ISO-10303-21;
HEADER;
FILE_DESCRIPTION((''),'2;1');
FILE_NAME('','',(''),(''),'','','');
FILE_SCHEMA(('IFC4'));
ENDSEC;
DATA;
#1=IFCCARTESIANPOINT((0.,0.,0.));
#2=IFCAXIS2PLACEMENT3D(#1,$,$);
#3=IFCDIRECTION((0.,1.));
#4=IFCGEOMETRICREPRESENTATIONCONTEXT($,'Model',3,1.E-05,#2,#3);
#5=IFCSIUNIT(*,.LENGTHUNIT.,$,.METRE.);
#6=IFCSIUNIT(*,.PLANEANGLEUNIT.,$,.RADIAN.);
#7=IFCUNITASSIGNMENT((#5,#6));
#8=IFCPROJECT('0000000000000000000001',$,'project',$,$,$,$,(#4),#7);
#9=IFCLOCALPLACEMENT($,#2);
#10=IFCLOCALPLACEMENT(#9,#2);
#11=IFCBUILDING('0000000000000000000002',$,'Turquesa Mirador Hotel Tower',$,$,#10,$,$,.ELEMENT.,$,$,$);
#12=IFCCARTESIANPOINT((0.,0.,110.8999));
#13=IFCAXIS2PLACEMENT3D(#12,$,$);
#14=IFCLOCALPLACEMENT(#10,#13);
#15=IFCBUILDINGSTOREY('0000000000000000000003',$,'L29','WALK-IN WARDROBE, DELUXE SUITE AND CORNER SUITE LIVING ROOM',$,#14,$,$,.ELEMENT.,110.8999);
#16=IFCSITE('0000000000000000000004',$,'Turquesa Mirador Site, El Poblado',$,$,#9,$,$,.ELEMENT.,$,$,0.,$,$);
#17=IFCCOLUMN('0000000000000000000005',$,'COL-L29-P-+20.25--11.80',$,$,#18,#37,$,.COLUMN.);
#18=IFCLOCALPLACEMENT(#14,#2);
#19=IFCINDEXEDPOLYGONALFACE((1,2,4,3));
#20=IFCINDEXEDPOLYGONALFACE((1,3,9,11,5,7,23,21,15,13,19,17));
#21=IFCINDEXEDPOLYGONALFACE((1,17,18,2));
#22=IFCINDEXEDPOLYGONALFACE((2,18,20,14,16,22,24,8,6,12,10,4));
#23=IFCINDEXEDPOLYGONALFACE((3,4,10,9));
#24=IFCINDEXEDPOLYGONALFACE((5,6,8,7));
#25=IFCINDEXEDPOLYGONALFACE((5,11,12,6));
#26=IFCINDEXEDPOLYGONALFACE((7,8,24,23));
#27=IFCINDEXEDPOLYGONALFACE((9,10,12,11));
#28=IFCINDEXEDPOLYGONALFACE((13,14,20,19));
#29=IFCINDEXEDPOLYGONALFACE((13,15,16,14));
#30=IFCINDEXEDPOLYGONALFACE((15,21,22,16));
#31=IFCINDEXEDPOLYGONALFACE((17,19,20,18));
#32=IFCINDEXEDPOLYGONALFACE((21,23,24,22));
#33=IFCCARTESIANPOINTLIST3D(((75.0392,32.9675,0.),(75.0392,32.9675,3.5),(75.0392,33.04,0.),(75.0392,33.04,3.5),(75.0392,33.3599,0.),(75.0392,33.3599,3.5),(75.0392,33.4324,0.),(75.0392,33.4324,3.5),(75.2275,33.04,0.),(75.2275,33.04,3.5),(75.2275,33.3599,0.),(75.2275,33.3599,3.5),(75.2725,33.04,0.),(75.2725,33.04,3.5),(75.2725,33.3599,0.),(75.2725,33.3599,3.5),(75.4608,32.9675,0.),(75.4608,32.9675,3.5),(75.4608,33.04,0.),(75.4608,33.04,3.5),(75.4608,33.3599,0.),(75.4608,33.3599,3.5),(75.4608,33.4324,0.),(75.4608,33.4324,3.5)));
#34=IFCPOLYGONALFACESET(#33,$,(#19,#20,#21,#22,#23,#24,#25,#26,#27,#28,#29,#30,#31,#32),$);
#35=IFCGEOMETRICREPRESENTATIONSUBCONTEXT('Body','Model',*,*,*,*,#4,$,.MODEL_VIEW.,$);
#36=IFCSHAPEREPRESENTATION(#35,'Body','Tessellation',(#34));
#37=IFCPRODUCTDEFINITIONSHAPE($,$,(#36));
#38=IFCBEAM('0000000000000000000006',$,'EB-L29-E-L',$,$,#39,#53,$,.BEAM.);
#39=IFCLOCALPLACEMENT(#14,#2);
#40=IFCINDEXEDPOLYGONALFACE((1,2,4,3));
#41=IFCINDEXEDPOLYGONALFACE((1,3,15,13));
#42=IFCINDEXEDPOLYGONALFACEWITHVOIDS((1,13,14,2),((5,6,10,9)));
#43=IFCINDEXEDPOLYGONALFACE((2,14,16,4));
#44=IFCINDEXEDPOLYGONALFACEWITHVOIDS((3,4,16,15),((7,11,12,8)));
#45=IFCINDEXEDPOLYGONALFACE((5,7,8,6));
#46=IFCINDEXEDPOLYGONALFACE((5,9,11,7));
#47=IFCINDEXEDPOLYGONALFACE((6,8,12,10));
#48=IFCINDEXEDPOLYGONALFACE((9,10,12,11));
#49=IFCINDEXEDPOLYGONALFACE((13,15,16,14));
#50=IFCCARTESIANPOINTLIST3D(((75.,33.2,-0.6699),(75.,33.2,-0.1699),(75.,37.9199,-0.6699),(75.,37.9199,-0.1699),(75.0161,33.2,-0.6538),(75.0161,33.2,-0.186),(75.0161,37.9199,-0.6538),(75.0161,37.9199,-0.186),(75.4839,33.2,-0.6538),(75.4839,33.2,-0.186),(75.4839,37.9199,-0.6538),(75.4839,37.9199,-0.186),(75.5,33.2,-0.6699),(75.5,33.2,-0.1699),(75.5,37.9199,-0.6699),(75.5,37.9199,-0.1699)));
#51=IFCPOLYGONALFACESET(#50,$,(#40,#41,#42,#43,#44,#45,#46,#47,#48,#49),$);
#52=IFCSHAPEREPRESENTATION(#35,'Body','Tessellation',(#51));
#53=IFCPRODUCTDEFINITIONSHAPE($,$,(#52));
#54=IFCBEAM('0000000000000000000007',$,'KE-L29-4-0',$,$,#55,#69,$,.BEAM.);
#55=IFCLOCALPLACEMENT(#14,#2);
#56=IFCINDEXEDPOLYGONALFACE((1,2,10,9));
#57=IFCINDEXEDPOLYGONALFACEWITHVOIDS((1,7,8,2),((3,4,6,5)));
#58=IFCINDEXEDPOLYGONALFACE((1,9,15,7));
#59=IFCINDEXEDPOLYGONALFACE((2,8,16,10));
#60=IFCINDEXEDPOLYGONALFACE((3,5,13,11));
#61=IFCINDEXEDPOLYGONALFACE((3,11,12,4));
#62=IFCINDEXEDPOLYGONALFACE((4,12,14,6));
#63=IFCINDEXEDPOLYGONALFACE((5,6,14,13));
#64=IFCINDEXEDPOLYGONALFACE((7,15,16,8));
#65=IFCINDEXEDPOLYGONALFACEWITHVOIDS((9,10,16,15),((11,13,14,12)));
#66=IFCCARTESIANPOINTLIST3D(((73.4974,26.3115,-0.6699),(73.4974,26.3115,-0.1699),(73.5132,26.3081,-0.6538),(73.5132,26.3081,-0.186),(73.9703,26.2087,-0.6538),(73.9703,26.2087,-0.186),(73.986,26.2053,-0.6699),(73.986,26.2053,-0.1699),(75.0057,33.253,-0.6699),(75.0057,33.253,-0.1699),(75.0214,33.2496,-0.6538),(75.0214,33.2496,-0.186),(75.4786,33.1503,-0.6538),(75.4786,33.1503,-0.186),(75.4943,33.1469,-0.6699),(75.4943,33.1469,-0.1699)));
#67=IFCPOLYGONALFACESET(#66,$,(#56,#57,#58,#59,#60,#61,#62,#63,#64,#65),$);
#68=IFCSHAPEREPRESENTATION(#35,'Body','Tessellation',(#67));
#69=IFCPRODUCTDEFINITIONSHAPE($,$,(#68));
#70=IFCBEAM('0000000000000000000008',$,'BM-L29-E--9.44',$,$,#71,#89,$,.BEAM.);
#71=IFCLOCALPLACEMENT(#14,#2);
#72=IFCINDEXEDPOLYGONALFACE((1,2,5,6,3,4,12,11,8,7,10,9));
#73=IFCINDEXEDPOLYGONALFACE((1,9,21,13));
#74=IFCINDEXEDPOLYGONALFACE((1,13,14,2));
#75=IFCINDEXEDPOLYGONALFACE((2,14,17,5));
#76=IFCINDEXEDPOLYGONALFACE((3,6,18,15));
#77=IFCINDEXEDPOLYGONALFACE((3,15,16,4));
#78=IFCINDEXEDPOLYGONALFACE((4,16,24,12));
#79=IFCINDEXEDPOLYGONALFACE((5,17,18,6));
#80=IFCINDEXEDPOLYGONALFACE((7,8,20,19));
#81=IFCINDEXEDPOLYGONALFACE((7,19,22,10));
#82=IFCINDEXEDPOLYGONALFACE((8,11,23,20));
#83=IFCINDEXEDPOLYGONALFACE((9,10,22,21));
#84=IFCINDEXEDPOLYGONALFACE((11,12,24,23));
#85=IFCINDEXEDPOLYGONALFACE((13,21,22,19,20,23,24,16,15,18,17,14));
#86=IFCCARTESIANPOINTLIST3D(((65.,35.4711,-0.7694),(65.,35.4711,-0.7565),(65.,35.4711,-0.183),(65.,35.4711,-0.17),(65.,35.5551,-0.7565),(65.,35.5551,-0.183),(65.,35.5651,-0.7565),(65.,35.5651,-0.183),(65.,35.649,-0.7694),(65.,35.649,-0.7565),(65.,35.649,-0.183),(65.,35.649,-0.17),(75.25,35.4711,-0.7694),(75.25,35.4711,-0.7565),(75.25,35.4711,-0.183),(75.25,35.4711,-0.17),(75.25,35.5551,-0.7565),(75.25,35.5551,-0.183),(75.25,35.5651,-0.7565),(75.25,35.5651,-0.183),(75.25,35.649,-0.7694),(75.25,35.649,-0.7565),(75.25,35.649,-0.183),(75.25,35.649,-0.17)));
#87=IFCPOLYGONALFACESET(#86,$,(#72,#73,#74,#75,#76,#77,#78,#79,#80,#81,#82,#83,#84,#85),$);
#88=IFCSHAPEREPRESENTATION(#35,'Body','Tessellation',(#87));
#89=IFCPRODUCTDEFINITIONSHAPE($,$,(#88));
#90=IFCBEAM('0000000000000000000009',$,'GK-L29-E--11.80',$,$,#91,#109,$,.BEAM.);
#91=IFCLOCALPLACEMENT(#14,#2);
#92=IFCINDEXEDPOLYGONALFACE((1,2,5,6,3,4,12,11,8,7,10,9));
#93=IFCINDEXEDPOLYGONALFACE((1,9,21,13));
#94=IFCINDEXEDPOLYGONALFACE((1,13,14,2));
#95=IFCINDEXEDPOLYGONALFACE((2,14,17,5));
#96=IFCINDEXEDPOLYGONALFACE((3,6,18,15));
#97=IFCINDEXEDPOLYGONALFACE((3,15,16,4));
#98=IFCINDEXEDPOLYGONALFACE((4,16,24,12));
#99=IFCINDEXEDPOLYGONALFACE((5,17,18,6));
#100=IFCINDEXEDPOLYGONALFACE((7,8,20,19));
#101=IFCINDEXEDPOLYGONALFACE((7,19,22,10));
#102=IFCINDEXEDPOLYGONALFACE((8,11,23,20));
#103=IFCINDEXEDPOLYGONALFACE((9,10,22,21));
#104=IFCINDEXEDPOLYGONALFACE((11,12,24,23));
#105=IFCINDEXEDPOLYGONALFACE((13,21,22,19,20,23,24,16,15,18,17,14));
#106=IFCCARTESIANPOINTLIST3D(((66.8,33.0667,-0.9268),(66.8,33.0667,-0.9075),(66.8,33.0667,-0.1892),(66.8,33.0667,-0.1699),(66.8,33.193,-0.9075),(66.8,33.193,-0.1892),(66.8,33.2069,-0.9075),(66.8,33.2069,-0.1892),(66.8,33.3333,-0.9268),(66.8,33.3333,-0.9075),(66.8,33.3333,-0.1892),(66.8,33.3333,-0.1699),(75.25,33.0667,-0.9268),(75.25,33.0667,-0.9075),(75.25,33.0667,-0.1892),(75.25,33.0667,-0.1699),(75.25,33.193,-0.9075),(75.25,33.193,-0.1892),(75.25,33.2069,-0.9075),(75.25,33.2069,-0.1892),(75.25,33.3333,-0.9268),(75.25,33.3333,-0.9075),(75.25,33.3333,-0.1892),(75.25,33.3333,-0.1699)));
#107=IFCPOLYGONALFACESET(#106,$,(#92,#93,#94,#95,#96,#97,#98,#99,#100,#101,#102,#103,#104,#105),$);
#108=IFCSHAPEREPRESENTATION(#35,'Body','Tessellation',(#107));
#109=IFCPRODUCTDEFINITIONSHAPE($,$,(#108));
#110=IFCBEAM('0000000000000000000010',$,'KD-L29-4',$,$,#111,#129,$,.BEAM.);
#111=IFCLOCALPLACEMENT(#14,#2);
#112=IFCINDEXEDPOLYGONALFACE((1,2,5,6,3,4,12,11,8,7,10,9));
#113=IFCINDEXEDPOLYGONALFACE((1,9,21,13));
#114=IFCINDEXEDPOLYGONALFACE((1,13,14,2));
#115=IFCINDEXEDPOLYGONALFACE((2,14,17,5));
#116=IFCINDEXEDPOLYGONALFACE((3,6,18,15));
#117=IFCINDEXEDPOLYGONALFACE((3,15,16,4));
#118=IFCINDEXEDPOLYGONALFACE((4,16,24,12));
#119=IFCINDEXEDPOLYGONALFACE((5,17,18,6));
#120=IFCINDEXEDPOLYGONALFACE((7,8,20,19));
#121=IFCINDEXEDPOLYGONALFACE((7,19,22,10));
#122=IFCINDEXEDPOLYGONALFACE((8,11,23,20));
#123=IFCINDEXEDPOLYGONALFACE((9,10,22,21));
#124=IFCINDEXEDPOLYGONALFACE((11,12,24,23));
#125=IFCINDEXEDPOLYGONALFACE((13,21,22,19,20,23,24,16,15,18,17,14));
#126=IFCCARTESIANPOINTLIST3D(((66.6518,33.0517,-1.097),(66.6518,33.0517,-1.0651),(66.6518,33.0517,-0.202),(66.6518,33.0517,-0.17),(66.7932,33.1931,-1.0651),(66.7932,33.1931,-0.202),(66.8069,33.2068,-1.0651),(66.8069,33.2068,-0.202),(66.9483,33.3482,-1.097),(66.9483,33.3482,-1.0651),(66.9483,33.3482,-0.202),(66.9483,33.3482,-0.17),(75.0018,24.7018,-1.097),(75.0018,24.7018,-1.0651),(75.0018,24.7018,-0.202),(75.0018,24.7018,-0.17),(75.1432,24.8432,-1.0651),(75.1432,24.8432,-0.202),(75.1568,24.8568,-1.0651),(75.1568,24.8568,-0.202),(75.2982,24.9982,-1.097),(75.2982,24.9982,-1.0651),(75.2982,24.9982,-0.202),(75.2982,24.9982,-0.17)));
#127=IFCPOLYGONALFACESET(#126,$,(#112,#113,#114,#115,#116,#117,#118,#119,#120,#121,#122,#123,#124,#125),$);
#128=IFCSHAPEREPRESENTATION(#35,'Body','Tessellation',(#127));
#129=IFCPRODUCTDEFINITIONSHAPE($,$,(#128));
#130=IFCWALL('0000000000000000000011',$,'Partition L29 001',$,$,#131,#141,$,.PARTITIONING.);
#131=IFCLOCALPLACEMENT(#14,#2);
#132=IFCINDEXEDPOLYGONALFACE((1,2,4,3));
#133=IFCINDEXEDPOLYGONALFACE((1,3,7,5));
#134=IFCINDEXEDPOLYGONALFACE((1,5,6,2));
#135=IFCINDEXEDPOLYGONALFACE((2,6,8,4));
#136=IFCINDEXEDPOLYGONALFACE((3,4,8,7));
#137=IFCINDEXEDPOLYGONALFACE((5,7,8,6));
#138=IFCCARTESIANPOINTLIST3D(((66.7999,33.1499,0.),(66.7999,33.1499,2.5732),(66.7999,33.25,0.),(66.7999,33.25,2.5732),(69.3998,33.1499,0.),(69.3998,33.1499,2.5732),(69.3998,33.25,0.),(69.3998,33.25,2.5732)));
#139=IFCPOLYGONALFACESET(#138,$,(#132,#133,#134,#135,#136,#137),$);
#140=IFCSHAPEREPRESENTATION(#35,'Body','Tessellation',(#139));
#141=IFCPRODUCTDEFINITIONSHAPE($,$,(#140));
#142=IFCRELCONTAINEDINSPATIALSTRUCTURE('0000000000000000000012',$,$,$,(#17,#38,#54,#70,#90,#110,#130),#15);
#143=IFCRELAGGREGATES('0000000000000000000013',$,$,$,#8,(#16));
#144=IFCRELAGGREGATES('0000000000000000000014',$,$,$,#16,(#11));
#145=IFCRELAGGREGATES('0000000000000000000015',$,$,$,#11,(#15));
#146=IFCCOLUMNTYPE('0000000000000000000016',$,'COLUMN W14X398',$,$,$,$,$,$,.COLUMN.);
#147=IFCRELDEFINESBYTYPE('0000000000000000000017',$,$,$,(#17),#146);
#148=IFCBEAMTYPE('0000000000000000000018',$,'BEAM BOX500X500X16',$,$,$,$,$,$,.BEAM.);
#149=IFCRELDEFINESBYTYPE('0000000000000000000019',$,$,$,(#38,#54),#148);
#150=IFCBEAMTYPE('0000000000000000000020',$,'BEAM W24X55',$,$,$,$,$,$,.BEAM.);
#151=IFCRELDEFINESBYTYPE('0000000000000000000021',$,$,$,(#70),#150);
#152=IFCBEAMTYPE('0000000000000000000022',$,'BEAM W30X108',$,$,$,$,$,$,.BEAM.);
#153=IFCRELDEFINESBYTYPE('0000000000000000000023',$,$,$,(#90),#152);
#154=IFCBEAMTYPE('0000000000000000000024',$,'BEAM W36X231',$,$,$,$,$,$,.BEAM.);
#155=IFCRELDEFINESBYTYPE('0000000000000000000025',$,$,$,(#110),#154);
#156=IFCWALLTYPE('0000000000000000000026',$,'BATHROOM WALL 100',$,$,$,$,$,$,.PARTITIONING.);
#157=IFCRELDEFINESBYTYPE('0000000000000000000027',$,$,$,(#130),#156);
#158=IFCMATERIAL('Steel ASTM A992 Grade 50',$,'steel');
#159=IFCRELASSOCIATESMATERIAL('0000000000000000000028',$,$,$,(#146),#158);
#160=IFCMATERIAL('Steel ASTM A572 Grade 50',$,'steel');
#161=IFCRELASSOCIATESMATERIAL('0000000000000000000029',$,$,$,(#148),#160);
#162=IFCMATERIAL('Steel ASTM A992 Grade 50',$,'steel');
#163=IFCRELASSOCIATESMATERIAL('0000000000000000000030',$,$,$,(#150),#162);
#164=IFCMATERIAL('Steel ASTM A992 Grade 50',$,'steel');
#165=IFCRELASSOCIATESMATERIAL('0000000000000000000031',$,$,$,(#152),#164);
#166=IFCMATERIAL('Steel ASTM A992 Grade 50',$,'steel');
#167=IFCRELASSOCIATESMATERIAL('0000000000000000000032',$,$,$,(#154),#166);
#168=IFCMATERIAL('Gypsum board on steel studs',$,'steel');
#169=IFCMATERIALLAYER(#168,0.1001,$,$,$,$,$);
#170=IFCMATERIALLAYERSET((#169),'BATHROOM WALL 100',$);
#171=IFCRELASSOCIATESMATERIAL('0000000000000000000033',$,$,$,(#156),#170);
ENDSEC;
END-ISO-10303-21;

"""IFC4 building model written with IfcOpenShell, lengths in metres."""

from ifc_helpers import new_model, si_unit, direction, frame, frame_2d, origin, origin_2d, place, context, subcontext, project, spatial, rectangle, hollow_rectangle, i_section, extrude, material, layer, layer_set, material_profile, profile_set, type_object, element, save


model = new_model("IFC4")

# Units and contexts
model_context = context("Model", 3, precision=1e-05, world=origin(), true_north=direction((0.0, 1.0)))
body_context = subcontext(model_context, "Body", "Model", "MODEL_VIEW")
ifc_project = project(units=[si_unit("LENGTHUNIT", "METRE"), si_unit("PLANEANGLEUNIT", "RADIAN")], contexts=[model_context])

# Site, building, storey
site_placement = place(None, origin())
site = spatial("IfcSite", under=ifc_project, at=site_placement, Name="Turquesa Mirador Site, El Poblado", CompositionType="ELEMENT", RefElevation=0.0)
building_placement = place(site_placement, origin())
building = spatial("IfcBuilding", under=site, at=building_placement, Name="Turquesa Mirador Hotel Tower", CompositionType="ELEMENT")
storey_placement = place(building_placement, frame((0.0, 0.0, 110.8999)))
storey = spatial("IfcBuildingStorey", under=building, at=storey_placement, Name="L29", Description="WALK-IN WARDROBE, DELUXE SUITE AND CORNER SUITE LIVING ROOM", CompositionType="ELEMENT", Elevation=110.8999)

# Column
ifc_material_1 = material(Name="Steel ASTM A992 Grade 50", Category="steel")
ifc_material_profile_1 = material_profile(ifc_material_1, i_section(OverallWidth=0.4216, OverallDepth=0.4648, WebThickness=0.0449, FlangeThickness=0.0725, at=origin_2d()), Name="W14X398")
ifc_profile_set_1 = profile_set([ifc_material_profile_1], Name="Steel ASTM A992 Grade 50")
column_type = type_object("IfcColumnType", Name="COLUMN W14X398", PredefinedType="COLUMN", material=ifc_profile_set_1)
column_placement = place(storey_placement, frame((75.25, 33.2, 0.0), z_axis=(0.0, 0.0, 1.0), x_axis=(1.0, 0.0, 0.0)))
element("IfcColumn", 1, at=column_placement, inside=storey, type_object=column_type, Name="COL-L29-P-+20.25--11.80", PredefinedType="COLUMN", context=body_context, shape_type="SweptSolid", body=[
    extrude(i_section(OverallWidth=0.4216, OverallDepth=0.4648, WebThickness=0.0449, FlangeThickness=0.0725, at=origin_2d()), origin(), (0.0, 0.0, 1.0), 3.5),
])

# Beams
ifc_material_2 = material(Name="Steel ASTM A572 Grade 50", Category="steel")
ifc_material_profile_2 = material_profile(ifc_material_2, hollow_rectangle(XDim=0.5, YDim=0.5, WallThickness=0.0161, at=origin_2d()), Name="BOX500X500X16")
ifc_profile_set_2 = profile_set([ifc_material_profile_2], Name="Steel ASTM A572 Grade 50")
beam_type_1 = type_object("IfcBeamType", Name="BEAM BOX500X500X16", PredefinedType="BEAM", material=ifc_profile_set_2)
beam_1_placement = place(storey_placement, frame((75.25, 33.2, -0.4199), z_axis=(0.0, 1.0, 0.0), x_axis=(-1.0, 0.0, 0.0)))
element("IfcBeam", 2, at=beam_1_placement, inside=storey, type_object=beam_type_1, Name="EB-L29-E-L", PredefinedType="BEAM", context=body_context, shape_type="SweptSolid", body=[
    extrude(hollow_rectangle(XDim=0.5, YDim=0.5, WallThickness=0.0161, at=origin_2d()), origin(), (0.0, 0.0, 1.0), 4.72),
])
beam_2_placement = place(storey_placement, frame((75.25, 33.2, -0.4199), z_axis=(-0.212328, -0.977198, 0.0), x_axis=(0.977198, -0.212328, 0.0)))
element("IfcBeam", 3, at=beam_2_placement, inside=storey, type_object=beam_type_1, Name="KE-L29-4-0", PredefinedType="BEAM", context=body_context, shape_type="SweptSolid", body=[
    extrude(hollow_rectangle(XDim=0.5, YDim=0.5, WallThickness=0.0161, at=origin_2d()), origin(), (0.0, 0.0, 1.0), 7.1035),
])
ifc_material_3 = material(Name="Steel ASTM A992 Grade 50", Category="steel")
ifc_material_profile_3 = material_profile(ifc_material_3, i_section(OverallWidth=0.178, OverallDepth=0.5994, WebThickness=0.01, FlangeThickness=0.0129, at=origin_2d()), Name="W24X55")
ifc_profile_set_3 = profile_set([ifc_material_profile_3], Name="Steel ASTM A992 Grade 50")
beam_type_2 = type_object("IfcBeamType", Name="BEAM W24X55", PredefinedType="BEAM", material=ifc_profile_set_3)
beam_3_placement = place(storey_placement, frame((75.25, 35.5601, -0.4697), z_axis=(-1.0, 0.0, 0.0), x_axis=(0.0, -1.0, 0.0)))
element("IfcBeam", 4, at=beam_3_placement, inside=storey, type_object=beam_type_2, Name="BM-L29-E--9.44", PredefinedType="BEAM", context=body_context, shape_type="SweptSolid", body=[
    extrude(i_section(OverallWidth=0.178, OverallDepth=0.5994, WebThickness=0.01, FlangeThickness=0.0129, at=origin_2d()), origin(), (0.0, 0.0, 1.0), 10.25),
])
ifc_material_4 = material(Name="Steel ASTM A992 Grade 50", Category="steel")
ifc_material_profile_4 = material_profile(ifc_material_4, i_section(OverallWidth=0.2666, OverallDepth=0.7568, WebThickness=0.0139, FlangeThickness=0.0193, at=origin_2d()), Name="W30X108")
ifc_profile_set_4 = profile_set([ifc_material_profile_4], Name="Steel ASTM A992 Grade 50")
beam_type_3 = type_object("IfcBeamType", Name="BEAM W30X108", PredefinedType="BEAM", material=ifc_profile_set_4)
beam_4_placement = place(storey_placement, frame((75.25, 33.2, -0.5483), z_axis=(-1.0, 0.0, 0.0), x_axis=(0.0, -1.0, 0.0)))
element("IfcBeam", 5, at=beam_4_placement, inside=storey, type_object=beam_type_3, Name="GK-L29-E--11.80", PredefinedType="BEAM", context=body_context, shape_type="SweptSolid", body=[
    extrude(i_section(OverallWidth=0.2666, OverallDepth=0.7568, WebThickness=0.0139, FlangeThickness=0.0193, at=origin_2d()), origin(), (0.0, 0.0, 1.0), 8.45),
])
ifc_material_5 = material(Name="Steel ASTM A992 Grade 50", Category="steel")
ifc_material_profile_5 = material_profile(ifc_material_5, i_section(OverallWidth=0.4192, OverallDepth=0.927, WebThickness=0.0193, FlangeThickness=0.032, at=origin_2d()), Name="W36X231")
ifc_profile_set_5 = profile_set([ifc_material_profile_5], Name="Steel ASTM A992 Grade 50")
beam_type_4 = type_object("IfcBeamType", Name="BEAM W36X231", PredefinedType="BEAM", material=ifc_profile_set_5)
beam_5_placement = place(storey_placement, frame((66.8, 33.2, -0.6335), z_axis=(0.707107, -0.707107, 0.0), x_axis=(0.707107, 0.707107, 0.0)))
element("IfcBeam", 6, at=beam_5_placement, inside=storey, type_object=beam_type_4, Name="KD-L29-4", PredefinedType="BEAM", context=body_context, shape_type="SweptSolid", body=[
    extrude(i_section(OverallWidth=0.4192, OverallDepth=0.927, WebThickness=0.0193, FlangeThickness=0.032, at=origin_2d()), origin(), (0.0, 0.0, 1.0), 11.8086),
])

# Wall
ifc_material_6 = material(Name="Gypsum board on steel studs", Category="steel")
ifc_layer_1 = layer(ifc_material_6, 0.1001)
ifc_layer_set_1 = layer_set([ifc_layer_1], Name="BATHROOM WALL 100")
wall_type_1 = type_object("IfcWallType", Name="BATHROOM WALL 100", PredefinedType="PARTITIONING", material=ifc_layer_set_1)
wall_1_placement = place(storey_placement, frame((66.8, 33.2, 0.0), z_axis=(0.0, 0.0, 1.0), x_axis=(1.0, 0.0, 0.0)))
element("IfcWall", 7, at=wall_1_placement, inside=storey, type_object=wall_type_1, Name="Partition L29 001", PredefinedType="PARTITIONING", context=body_context, shape_type="SweptSolid", body=[
    extrude(rectangle(XDim=2.5999, YDim=0.1001, at=frame_2d((1.2998, 0.0))), origin(), (0.0, 0.0, 1.0), 2.5732),
])

save(model, "model.ifc")
